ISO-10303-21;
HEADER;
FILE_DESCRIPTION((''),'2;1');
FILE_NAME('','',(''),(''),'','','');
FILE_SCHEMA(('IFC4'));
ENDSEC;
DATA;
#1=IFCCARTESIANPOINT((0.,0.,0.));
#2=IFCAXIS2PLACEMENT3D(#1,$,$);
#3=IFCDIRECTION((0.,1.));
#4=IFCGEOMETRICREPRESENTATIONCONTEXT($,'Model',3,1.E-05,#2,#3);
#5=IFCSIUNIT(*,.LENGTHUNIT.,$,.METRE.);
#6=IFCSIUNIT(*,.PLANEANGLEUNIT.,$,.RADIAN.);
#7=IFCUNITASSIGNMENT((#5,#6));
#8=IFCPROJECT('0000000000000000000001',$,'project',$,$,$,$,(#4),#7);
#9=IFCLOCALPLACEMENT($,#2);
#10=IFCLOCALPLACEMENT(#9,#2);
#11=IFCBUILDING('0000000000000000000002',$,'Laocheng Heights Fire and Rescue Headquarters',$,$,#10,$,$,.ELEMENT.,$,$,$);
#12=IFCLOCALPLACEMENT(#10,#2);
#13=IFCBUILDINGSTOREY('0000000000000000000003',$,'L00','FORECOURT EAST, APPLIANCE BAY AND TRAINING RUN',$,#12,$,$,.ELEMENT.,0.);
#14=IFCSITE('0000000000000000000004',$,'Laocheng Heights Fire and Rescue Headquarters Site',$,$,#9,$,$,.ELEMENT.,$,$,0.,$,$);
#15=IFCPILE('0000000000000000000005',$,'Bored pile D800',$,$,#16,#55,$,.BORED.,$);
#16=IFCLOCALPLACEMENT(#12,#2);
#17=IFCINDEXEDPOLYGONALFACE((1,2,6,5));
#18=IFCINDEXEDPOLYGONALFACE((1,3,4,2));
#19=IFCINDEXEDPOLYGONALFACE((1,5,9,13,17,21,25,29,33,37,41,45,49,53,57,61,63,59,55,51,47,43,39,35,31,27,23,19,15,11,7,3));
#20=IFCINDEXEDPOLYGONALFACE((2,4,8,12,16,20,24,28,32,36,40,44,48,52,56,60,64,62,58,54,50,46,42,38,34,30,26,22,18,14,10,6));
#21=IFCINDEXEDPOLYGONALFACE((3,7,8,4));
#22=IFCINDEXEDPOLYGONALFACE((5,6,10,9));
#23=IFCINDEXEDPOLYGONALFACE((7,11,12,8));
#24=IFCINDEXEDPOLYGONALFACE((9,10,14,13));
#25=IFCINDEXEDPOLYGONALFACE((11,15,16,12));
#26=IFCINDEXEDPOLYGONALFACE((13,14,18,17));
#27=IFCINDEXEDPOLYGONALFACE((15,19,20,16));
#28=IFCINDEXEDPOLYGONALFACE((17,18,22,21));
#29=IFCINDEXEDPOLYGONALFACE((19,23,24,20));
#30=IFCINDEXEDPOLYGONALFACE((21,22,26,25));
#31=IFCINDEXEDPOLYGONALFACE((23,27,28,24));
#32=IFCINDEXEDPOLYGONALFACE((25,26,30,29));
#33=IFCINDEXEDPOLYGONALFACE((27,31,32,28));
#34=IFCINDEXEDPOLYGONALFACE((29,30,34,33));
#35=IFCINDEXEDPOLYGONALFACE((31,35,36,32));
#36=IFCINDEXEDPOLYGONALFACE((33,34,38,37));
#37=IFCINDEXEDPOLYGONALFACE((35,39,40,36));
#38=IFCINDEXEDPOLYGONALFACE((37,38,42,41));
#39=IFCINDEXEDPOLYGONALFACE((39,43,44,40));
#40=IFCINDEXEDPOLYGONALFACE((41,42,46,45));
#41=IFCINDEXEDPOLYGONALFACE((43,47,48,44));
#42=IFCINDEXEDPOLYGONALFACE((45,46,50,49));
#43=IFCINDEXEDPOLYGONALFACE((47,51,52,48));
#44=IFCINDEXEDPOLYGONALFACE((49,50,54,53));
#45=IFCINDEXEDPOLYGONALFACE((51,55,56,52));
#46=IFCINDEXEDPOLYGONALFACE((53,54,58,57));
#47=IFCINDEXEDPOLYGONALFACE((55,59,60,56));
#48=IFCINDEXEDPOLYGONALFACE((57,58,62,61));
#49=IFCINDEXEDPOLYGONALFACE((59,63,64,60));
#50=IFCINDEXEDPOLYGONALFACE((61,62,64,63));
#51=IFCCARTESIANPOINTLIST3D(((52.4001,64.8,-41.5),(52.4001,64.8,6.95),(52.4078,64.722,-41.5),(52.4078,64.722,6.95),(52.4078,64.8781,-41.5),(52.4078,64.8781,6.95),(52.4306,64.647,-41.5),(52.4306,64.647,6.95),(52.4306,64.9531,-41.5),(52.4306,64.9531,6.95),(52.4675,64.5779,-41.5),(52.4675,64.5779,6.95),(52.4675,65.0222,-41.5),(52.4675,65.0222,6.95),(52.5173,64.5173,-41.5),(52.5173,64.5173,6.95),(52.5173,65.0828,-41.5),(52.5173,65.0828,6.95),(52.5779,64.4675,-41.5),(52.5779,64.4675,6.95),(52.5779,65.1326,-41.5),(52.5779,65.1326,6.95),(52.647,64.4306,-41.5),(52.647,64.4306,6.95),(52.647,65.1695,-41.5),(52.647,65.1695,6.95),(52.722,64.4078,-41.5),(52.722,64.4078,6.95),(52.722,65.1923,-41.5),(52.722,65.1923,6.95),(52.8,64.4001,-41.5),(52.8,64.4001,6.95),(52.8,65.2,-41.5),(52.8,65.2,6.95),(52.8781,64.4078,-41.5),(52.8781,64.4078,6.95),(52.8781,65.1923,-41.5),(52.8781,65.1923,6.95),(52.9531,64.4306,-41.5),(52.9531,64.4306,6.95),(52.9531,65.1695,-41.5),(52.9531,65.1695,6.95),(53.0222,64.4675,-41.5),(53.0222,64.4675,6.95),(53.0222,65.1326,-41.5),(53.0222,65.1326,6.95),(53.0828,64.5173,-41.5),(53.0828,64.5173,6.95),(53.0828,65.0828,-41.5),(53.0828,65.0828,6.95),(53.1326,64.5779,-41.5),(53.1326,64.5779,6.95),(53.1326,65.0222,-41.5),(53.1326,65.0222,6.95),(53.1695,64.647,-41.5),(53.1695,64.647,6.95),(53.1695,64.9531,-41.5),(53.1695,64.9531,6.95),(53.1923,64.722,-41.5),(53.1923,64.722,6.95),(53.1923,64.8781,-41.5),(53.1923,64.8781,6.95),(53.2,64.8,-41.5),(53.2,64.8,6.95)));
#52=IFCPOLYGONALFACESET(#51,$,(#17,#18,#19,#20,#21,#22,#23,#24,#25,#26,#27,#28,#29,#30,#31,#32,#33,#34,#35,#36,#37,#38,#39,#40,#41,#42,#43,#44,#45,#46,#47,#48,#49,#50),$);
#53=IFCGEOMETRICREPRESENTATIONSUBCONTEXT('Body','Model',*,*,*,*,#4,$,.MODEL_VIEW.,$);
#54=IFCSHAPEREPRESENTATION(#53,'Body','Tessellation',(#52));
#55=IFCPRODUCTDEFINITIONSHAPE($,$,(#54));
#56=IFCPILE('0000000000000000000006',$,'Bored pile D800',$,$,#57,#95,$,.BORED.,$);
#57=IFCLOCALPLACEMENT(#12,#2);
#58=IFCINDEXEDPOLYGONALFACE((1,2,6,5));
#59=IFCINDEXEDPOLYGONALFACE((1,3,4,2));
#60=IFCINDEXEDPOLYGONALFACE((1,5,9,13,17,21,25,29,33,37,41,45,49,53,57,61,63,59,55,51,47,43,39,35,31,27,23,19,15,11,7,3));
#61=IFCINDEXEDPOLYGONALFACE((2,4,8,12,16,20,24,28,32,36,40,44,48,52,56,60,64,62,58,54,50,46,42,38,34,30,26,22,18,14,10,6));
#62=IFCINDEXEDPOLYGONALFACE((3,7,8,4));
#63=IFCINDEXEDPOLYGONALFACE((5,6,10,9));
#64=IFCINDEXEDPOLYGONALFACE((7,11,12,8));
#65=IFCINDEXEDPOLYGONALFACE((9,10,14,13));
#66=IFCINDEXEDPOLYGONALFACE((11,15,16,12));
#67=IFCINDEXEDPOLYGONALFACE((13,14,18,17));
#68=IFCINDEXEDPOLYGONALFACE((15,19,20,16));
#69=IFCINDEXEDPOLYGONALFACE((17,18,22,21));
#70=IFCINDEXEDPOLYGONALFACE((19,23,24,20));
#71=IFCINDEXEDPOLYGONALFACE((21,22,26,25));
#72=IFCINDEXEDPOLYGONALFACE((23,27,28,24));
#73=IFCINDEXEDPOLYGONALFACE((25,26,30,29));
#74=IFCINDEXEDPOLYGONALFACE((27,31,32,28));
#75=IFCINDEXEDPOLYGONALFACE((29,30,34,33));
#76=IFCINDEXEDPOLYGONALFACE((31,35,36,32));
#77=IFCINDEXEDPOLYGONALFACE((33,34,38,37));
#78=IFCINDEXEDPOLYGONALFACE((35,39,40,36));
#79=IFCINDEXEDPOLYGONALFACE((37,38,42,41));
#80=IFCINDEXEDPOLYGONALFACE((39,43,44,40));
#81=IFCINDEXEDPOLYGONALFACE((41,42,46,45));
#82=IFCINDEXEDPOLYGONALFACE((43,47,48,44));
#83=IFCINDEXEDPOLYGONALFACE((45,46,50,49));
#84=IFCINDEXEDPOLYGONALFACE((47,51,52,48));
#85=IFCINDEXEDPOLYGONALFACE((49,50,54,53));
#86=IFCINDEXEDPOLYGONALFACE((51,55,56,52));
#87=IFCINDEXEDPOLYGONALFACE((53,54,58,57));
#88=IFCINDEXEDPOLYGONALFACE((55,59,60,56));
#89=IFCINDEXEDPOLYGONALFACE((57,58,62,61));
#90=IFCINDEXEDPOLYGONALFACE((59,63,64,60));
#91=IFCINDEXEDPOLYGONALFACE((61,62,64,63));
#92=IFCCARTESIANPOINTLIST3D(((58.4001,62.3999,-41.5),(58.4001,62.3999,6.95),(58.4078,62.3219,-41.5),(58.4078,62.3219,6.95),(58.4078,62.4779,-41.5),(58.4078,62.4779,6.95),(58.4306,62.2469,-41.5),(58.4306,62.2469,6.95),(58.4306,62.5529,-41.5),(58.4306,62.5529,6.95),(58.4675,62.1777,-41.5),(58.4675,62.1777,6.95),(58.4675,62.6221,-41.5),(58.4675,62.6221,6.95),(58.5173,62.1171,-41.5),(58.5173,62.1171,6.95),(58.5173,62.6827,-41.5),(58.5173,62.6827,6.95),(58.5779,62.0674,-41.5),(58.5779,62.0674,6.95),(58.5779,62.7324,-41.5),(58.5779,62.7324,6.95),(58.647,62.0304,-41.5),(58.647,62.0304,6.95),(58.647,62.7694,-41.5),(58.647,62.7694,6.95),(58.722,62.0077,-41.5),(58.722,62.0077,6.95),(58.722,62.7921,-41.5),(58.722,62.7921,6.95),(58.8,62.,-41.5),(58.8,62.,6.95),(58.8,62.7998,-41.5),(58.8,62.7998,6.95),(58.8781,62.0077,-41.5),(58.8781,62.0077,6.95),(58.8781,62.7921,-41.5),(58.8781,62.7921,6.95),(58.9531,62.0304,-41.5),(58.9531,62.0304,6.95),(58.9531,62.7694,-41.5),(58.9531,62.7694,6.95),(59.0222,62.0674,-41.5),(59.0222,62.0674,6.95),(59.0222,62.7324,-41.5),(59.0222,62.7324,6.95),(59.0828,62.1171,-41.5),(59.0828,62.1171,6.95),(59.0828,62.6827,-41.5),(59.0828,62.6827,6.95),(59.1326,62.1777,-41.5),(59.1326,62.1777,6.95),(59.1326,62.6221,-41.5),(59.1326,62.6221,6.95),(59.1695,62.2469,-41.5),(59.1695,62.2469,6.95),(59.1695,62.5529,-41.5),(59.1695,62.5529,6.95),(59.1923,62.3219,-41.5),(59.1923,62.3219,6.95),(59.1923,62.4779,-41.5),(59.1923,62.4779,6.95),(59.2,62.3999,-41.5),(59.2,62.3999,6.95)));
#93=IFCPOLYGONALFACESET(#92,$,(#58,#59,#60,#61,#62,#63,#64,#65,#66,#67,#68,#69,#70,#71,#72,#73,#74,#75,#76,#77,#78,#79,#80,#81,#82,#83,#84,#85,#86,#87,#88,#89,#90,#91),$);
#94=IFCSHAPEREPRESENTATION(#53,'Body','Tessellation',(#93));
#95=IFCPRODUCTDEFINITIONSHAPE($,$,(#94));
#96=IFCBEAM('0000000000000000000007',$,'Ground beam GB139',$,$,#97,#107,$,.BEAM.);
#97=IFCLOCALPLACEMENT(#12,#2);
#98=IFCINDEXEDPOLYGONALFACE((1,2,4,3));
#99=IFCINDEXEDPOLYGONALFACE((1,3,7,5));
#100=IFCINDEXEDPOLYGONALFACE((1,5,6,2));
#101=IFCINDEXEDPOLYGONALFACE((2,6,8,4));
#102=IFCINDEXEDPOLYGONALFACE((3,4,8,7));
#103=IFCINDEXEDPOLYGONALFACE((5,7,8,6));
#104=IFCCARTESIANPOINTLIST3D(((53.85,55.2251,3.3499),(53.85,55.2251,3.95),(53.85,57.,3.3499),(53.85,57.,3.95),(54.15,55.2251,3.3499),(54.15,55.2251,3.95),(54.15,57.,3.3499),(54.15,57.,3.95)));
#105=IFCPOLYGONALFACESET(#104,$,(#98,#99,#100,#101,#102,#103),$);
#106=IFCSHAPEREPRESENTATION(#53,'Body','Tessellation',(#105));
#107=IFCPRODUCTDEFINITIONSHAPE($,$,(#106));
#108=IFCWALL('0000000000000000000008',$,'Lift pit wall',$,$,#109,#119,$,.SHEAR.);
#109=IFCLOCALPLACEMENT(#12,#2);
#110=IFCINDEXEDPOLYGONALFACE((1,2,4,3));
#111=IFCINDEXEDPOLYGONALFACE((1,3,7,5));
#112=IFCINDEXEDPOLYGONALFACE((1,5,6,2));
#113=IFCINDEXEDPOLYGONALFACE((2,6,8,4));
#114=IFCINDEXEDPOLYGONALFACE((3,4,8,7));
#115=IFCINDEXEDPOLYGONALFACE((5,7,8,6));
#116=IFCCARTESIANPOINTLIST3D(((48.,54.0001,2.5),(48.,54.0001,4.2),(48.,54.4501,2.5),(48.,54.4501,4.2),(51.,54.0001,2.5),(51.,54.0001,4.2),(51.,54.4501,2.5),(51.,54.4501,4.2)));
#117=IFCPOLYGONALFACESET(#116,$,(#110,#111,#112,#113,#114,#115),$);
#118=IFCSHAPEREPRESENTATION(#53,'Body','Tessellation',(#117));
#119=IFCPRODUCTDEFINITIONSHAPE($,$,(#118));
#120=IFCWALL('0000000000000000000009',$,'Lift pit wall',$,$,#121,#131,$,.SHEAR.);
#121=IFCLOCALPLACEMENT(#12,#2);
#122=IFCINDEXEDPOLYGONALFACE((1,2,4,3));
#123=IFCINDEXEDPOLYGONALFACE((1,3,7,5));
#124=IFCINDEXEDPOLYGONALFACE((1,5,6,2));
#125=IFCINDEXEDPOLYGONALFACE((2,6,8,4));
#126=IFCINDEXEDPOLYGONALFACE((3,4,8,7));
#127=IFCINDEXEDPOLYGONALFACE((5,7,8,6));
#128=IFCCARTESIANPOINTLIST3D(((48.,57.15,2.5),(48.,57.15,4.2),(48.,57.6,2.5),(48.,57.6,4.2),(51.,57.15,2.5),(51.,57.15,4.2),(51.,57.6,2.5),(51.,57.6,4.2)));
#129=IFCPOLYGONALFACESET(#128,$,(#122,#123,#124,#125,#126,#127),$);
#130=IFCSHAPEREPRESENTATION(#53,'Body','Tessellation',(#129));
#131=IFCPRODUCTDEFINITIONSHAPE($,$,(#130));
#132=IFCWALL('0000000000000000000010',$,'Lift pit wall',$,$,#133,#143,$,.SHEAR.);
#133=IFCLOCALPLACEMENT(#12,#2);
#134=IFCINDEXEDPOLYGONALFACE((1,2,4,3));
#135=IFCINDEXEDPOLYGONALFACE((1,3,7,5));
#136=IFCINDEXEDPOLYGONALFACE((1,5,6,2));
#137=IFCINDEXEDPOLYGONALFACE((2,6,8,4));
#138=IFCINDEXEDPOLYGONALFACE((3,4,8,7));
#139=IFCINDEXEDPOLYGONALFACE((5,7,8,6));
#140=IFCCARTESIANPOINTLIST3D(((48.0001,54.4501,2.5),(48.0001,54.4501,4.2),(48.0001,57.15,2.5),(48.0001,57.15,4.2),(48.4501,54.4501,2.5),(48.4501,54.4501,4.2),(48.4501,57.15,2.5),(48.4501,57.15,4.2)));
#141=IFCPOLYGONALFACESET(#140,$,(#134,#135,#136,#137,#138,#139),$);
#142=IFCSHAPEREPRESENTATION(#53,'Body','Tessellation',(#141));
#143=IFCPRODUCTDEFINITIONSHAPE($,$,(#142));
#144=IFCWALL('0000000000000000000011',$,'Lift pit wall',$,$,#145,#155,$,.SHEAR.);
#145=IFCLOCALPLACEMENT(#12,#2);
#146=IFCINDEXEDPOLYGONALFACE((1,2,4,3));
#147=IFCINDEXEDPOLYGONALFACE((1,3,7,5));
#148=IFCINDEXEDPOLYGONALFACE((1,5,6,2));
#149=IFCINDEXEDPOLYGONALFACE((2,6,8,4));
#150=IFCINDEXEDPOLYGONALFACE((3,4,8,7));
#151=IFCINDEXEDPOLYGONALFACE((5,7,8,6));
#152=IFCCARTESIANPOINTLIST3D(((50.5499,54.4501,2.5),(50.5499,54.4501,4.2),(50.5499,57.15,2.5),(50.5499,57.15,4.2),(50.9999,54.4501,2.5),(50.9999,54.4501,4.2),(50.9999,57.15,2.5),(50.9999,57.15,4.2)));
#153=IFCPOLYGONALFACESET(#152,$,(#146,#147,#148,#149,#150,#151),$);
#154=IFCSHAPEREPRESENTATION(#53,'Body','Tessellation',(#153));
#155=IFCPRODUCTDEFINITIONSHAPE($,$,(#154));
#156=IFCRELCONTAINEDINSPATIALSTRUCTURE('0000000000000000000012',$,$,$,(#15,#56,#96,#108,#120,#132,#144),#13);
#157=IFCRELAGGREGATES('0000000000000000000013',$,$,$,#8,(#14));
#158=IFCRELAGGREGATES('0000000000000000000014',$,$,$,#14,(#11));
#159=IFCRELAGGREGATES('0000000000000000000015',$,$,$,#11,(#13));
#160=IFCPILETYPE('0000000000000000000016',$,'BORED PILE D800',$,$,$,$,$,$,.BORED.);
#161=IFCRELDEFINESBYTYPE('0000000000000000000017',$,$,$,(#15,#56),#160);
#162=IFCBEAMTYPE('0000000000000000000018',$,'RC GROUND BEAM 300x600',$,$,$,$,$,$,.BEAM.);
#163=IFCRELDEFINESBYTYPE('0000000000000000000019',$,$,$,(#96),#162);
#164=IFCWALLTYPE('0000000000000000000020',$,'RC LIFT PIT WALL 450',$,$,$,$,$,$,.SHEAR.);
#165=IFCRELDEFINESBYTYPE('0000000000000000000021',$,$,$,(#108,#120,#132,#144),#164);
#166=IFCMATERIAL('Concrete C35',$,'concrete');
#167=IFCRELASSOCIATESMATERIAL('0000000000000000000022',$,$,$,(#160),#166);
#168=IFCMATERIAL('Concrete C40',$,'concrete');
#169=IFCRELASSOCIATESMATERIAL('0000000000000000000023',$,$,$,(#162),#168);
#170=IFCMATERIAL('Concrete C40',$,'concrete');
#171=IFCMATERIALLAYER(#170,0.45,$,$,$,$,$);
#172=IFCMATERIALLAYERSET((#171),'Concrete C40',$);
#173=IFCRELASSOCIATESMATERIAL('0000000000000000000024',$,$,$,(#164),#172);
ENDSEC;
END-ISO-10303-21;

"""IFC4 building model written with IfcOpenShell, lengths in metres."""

from ifc_helpers import new_model, si_unit, direction, frame, frame_2d, origin, origin_2d, place, context, subcontext, project, spatial, rectangle, circle, extrude, material, layer, layer_set, material_profile, profile_set, type_object, element, save


model = new_model("IFC4")

# Units and contexts
model_context = context("Model", 3, precision=1e-05, world=origin(), true_north=direction((0.0, 1.0)))
body_context = subcontext(model_context, "Body", "Model", "MODEL_VIEW")
ifc_project = project(units=[si_unit("LENGTHUNIT", "METRE"), si_unit("PLANEANGLEUNIT", "RADIAN")], contexts=[model_context])

# Site, building, storey
site_placement = place(None, origin())
site = spatial("IfcSite", under=ifc_project, at=site_placement, Name="Laocheng Heights Fire and Rescue Headquarters Site", CompositionType="ELEMENT", RefElevation=0.0)
building_placement = place(site_placement, origin())
building = spatial("IfcBuilding", under=site, at=building_placement, Name="Laocheng Heights Fire and Rescue Headquarters", CompositionType="ELEMENT")
storey_placement = place(building_placement, origin())
storey = spatial("IfcBuildingStorey", under=building, at=storey_placement, Name="L00", Description="FORECOURT EAST, APPLIANCE BAY AND TRAINING RUN", CompositionType="ELEMENT", Elevation=0.0)

# Piles
ifc_material_1 = material(Name="Concrete C35", Category="concrete")
ifc_material_profile_1 = material_profile(ifc_material_1, circle(Radius=0.3999, at=origin_2d()), Name="BORED PILE D800")
ifc_profile_set_1 = profile_set([ifc_material_profile_1], Name="Concrete C35")
pile_type_1 = type_object("IfcPileType", Name="BORED PILE D800", PredefinedType="BORED", material=ifc_profile_set_1)
for number, where, z_axis, x_axis, name in (
    (1, (52.8, 64.8, 6.95), (0.0, 0.0, -1.0), (1.0, 0.0, 0.0), "Bored pile D800"),
    (2, (58.8, 62.3999, 6.95), (0.0, 0.0, -1.0), (1.0, 0.0, 0.0), "Bored pile D800"),
):
    element("IfcPile", number, at=place(storey_placement, frame(where, z_axis=z_axis, x_axis=x_axis)), inside=storey, type_object=pile_type_1, Name=name, PredefinedType="BORED", context=body_context, shape_type="SweptSolid", body=[
        extrude(circle(Radius=0.3999, at=origin_2d()), origin(), (0.0, 0.0, 1.0), 48.45),
    ])

# Beam
ifc_material_2 = material(Name="Concrete C40", Category="concrete")
ifc_material_profile_2 = material_profile(ifc_material_2, rectangle(XDim=0.3, YDim=0.6001, at=origin_2d()), Name="RC GROUND BEAM 300x600")
ifc_profile_set_2 = profile_set([ifc_material_profile_2], Name="Concrete C40")
beam_type = type_object("IfcBeamType", Name="RC GROUND BEAM 300x600", PredefinedType="BEAM", material=ifc_profile_set_2)
beam_placement = place(storey_placement, frame((54.0, 55.2251, 3.6499), z_axis=(0.0, 1.0, 0.0), x_axis=(-1.0, 0.0, 0.0)))
element("IfcBeam", 3, at=beam_placement, inside=storey, type_object=beam_type, Name="Ground beam GB139", PredefinedType="BEAM", context=body_context, shape_type="SweptSolid", body=[
    extrude(rectangle(XDim=0.3, YDim=0.6001, at=origin_2d()), origin(), (0.0, 0.0, 1.0), 1.7749),
])

# Walls
ifc_material_3 = material(Name="Concrete C40", Category="concrete")
ifc_layer = layer(ifc_material_3, 0.45)
ifc_layer_set = layer_set([ifc_layer], Name="Concrete C40")
wall_type = type_object("IfcWallType", Name="RC LIFT PIT WALL 450", PredefinedType="SHEAR", material=ifc_layer_set)
for number, where, z_axis, x_axis, name in (
    (4, (48.0, 54.2251, 2.5), (0.0, 0.0, 1.0), (1.0, 0.0, 0.0), "Lift pit wall"),
    (5, (48.0, 57.375, 2.5), (0.0, 0.0, 1.0), (1.0, 0.0, 0.0), "Lift pit wall"),
):
    element("IfcWall", number, at=place(storey_placement, frame(where, z_axis=z_axis, x_axis=x_axis)), inside=storey, type_object=wall_type, Name=name, PredefinedType="SHEAR", context=body_context, shape_type="SweptSolid", body=[
        extrude(rectangle(XDim=3.0, YDim=0.45, at=frame_2d((1.5, 0.0))), origin(), (0.0, 0.0, 1.0), 1.7),
    ])
for number, where, z_axis, x_axis, name in (
    (6, (48.2251, 54.45, 2.5), (0.0, 0.0, 1.0), (0.0, 1.0, 0.0), "Lift pit wall"),
    (7, (50.7749, 54.45, 2.5), (0.0, 0.0, 1.0), (0.0, 1.0, 0.0), "Lift pit wall"),
):
    element("IfcWall", number, at=place(storey_placement, frame(where, z_axis=z_axis, x_axis=x_axis)), inside=storey, type_object=wall_type, Name=name, PredefinedType="SHEAR", context=body_context, shape_type="SweptSolid", body=[
        extrude(rectangle(XDim=2.7, YDim=0.45, at=frame_2d((1.3501, 0.0))), origin(), (0.0, 0.0, 1.0), 1.7),
    ])

save(model, "model.ifc")
